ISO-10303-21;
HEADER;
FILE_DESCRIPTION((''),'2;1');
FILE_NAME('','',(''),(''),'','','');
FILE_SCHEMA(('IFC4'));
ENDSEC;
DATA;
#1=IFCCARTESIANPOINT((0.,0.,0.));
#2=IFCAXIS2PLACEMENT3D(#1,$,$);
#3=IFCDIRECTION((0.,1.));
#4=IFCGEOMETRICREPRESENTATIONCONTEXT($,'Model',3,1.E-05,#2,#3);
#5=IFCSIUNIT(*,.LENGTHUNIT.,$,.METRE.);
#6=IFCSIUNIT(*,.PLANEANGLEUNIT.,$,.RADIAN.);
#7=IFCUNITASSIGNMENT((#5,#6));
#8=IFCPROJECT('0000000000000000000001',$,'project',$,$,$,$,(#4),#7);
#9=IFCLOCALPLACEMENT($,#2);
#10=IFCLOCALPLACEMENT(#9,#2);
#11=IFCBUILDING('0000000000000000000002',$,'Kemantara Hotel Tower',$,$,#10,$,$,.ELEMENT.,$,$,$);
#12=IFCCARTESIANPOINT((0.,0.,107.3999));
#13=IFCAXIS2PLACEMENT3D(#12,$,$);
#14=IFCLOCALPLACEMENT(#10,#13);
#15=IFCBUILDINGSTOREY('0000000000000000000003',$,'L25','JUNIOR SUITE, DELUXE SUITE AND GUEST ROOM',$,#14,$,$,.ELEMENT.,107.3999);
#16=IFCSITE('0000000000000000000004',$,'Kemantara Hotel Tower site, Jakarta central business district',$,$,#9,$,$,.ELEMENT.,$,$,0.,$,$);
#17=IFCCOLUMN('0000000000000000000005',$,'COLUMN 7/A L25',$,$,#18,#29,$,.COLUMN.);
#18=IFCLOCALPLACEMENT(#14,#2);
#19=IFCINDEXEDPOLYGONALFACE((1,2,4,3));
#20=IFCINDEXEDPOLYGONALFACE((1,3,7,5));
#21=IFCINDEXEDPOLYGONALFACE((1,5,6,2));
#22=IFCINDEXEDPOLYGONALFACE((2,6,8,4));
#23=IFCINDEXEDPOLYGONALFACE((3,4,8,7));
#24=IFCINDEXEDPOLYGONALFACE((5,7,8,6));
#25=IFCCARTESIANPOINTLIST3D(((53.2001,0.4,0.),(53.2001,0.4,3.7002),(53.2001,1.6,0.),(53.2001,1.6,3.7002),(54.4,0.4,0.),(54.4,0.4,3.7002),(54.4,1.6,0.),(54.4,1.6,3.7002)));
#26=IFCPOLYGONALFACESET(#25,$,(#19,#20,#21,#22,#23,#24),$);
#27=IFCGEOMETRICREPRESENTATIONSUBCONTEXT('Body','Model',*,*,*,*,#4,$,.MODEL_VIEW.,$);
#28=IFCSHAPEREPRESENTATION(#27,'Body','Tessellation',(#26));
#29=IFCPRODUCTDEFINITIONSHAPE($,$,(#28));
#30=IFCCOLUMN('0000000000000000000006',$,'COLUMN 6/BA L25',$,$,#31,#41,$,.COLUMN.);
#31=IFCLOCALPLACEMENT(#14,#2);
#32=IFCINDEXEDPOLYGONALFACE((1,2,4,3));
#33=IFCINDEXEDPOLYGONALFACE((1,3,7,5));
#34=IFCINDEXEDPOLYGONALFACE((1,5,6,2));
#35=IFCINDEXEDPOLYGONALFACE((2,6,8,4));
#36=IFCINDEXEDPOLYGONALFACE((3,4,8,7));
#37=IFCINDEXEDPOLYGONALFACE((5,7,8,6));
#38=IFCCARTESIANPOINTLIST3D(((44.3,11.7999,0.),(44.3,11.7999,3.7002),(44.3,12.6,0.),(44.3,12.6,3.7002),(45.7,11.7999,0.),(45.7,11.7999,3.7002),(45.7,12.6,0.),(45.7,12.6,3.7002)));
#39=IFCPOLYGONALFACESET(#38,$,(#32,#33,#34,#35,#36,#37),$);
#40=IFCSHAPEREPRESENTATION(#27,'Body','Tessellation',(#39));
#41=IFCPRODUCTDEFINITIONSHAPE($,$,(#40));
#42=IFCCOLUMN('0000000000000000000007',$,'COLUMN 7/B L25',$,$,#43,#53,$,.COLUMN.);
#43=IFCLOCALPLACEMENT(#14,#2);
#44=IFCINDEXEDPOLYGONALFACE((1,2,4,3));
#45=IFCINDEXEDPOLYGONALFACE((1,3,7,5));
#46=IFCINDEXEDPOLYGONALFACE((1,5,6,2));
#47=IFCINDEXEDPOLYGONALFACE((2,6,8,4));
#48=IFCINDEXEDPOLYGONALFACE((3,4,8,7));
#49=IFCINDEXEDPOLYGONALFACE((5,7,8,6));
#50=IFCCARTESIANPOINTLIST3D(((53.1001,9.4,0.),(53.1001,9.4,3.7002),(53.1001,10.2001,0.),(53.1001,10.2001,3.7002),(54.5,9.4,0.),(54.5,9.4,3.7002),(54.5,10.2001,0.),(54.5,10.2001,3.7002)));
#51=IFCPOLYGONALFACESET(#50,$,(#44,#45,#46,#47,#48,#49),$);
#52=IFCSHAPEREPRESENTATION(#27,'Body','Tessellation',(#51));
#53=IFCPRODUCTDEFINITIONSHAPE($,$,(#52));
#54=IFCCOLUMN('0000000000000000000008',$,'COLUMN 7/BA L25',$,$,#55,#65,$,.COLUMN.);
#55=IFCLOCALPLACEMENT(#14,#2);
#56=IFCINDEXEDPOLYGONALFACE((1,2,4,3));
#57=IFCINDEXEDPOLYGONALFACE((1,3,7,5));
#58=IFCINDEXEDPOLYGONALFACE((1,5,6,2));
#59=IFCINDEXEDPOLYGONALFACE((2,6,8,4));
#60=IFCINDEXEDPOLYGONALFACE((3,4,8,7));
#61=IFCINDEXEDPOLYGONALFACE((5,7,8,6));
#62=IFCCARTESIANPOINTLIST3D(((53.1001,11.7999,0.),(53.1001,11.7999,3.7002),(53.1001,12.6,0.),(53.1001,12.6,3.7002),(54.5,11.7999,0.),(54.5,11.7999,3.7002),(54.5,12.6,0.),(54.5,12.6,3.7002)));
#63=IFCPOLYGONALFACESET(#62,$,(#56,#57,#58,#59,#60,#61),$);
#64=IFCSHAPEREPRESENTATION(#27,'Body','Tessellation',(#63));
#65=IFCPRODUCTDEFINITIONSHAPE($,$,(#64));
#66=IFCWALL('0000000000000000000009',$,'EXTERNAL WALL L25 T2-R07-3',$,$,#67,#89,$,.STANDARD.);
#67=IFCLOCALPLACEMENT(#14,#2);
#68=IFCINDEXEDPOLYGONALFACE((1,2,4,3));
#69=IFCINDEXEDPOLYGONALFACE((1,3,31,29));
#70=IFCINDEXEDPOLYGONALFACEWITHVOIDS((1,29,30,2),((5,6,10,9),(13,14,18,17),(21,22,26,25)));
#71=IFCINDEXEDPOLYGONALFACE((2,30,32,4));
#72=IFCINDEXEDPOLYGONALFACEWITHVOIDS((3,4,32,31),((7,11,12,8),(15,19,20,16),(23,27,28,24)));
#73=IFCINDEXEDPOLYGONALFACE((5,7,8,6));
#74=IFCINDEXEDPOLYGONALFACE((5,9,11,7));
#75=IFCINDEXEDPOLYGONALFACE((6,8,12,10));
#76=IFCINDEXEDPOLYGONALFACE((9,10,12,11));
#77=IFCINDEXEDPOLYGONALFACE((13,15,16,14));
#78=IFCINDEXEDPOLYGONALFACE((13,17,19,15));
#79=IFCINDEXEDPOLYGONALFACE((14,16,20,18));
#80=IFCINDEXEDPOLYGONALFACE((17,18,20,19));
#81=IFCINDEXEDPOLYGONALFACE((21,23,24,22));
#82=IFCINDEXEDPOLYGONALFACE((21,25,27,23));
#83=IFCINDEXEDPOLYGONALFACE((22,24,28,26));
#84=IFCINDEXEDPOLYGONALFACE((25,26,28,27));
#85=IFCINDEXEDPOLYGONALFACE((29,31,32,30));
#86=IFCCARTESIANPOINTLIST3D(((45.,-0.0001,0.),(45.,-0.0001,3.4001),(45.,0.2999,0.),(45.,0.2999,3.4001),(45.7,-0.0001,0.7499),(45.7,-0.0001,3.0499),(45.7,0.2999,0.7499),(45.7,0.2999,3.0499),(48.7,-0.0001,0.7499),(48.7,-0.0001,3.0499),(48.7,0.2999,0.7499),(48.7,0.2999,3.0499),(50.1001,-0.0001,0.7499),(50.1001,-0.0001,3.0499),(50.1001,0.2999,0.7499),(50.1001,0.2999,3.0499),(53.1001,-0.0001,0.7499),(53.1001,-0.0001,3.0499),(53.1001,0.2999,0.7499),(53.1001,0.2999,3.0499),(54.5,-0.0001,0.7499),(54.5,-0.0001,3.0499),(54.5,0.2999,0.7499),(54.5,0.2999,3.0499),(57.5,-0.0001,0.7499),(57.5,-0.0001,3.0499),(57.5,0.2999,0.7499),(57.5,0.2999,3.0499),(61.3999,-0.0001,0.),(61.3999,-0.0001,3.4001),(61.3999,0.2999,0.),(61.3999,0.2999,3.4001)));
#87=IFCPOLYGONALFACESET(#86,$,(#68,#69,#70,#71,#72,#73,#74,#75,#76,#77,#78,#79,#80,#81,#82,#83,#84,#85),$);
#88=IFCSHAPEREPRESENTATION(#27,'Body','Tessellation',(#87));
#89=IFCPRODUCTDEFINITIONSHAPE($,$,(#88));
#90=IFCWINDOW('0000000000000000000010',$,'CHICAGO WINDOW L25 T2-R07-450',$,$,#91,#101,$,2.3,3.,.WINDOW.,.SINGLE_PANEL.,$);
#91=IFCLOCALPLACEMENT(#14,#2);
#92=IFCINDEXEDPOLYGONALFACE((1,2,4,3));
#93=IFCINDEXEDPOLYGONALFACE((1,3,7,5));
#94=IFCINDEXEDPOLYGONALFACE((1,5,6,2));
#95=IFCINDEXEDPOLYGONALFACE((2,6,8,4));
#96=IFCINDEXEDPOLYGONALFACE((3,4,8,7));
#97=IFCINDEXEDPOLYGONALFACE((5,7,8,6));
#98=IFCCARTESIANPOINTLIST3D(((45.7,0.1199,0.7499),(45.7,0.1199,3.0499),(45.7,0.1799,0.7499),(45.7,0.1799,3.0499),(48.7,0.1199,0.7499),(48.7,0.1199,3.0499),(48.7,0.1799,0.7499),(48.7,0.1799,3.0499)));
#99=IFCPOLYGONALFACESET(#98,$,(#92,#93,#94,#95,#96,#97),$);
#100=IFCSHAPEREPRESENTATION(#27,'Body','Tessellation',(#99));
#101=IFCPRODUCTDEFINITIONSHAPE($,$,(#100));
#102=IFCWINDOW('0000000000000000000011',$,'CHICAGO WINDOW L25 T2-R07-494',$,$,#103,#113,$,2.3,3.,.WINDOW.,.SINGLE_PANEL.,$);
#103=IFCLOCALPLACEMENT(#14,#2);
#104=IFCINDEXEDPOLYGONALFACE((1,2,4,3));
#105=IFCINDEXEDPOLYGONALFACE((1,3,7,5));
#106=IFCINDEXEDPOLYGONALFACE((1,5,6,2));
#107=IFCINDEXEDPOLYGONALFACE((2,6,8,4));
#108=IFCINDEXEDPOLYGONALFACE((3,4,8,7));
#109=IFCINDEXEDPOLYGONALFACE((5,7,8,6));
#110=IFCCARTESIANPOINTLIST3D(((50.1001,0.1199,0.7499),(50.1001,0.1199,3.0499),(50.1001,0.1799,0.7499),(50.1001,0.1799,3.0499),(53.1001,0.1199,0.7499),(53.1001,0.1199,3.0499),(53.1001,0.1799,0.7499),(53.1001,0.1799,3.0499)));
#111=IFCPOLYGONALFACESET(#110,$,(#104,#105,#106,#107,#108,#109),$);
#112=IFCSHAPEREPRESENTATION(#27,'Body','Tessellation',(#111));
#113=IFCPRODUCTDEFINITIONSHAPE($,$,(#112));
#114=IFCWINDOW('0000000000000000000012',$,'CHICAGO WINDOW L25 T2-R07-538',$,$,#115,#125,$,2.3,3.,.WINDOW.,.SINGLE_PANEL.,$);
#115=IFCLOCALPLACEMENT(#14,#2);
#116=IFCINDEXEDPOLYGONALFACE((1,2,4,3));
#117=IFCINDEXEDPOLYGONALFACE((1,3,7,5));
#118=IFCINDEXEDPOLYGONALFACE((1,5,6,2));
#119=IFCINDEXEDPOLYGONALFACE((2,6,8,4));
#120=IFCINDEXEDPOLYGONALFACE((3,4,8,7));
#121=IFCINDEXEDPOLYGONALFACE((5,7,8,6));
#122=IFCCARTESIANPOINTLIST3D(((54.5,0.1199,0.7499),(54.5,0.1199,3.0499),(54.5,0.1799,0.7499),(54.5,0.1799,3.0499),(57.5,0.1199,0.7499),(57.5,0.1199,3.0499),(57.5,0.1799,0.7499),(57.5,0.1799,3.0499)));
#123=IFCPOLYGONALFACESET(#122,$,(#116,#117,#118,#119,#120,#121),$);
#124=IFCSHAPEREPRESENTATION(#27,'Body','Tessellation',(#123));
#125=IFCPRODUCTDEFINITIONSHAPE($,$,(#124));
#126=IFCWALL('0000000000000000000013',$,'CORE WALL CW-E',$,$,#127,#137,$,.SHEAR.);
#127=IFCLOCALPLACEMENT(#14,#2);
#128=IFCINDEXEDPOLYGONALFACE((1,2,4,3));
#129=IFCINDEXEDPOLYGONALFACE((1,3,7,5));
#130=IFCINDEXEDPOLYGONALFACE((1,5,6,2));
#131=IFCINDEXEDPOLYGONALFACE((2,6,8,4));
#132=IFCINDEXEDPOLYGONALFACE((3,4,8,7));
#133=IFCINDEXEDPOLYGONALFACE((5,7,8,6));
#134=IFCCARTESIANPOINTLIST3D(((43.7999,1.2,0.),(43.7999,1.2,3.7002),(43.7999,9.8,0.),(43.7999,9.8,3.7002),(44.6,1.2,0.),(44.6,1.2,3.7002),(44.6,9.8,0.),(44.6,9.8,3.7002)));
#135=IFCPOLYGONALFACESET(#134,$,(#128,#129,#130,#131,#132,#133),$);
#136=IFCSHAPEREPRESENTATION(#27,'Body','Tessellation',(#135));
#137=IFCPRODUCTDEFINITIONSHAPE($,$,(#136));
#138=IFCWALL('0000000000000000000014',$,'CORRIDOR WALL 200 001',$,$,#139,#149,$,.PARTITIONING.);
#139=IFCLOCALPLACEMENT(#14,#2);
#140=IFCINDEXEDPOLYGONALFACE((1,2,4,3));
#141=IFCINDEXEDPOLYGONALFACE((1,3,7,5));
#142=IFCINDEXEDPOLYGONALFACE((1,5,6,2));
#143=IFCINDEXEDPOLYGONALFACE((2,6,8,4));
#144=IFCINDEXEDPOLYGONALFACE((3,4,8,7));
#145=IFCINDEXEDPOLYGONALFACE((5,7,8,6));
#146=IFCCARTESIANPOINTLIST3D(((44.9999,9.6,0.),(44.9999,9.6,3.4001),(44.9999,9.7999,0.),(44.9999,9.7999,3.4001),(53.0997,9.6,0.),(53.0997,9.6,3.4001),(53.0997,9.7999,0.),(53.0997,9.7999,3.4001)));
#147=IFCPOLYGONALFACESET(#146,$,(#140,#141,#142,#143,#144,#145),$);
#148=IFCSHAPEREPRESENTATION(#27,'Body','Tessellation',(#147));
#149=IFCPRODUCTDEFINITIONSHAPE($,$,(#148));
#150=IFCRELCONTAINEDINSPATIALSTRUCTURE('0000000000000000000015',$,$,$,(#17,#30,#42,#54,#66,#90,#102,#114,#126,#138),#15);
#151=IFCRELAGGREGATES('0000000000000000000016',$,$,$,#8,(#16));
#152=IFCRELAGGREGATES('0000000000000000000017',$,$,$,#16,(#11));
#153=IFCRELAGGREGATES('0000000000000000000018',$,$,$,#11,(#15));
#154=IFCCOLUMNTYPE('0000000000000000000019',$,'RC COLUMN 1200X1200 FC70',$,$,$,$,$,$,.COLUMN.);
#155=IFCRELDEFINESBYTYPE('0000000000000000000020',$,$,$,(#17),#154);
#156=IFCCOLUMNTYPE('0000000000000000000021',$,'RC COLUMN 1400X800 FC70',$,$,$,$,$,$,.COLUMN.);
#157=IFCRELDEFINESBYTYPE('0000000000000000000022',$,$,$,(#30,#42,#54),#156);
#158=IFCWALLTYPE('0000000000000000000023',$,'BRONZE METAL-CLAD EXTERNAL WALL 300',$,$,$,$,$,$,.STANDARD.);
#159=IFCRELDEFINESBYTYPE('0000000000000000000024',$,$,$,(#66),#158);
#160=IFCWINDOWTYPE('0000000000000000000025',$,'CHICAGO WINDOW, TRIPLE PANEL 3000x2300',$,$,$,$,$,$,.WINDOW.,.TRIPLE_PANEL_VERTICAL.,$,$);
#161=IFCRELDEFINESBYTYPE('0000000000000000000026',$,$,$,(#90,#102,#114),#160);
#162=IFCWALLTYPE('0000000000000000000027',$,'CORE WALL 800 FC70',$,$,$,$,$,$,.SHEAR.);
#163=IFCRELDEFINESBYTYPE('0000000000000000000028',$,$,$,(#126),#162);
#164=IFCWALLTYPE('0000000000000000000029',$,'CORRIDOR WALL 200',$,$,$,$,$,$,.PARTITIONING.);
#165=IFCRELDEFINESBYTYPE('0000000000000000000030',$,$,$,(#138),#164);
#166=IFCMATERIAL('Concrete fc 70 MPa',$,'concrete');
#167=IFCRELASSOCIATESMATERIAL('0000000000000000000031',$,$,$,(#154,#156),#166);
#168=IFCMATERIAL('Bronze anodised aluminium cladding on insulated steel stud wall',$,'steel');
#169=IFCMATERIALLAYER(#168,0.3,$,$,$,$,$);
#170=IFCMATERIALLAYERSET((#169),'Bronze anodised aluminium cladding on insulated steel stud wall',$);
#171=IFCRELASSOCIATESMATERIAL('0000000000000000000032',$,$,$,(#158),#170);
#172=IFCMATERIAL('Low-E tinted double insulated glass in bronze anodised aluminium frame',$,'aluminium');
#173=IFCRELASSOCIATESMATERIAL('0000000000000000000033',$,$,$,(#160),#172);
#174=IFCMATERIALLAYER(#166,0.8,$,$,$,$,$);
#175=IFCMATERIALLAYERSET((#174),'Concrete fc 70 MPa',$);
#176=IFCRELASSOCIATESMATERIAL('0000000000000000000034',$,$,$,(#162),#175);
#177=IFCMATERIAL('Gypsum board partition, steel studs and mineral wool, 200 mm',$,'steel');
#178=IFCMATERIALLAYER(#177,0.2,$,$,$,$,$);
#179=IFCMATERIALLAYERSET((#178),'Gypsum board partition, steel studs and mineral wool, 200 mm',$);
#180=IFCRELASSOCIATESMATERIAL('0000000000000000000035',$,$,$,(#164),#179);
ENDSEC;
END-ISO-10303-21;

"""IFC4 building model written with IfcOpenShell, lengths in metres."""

from ifc_helpers import new_model, si_unit, direction, frame, frame_2d, origin, origin_2d, place, context, subcontext, project, spatial, rectangle, extrude, material, layer, layer_set, material_profile, profile_set, type_object, element, fill, save


model = new_model("IFC4")

# Units and contexts
model_context = context("Model", 3, precision=1e-05, world=origin(), true_north=direction((0.0, 1.0)))
body_context = subcontext(model_context, "Body", "Model", "MODEL_VIEW")
ifc_project = project(units=[si_unit("LENGTHUNIT", "METRE"), si_unit("PLANEANGLEUNIT", "RADIAN")], contexts=[model_context])

# Site, building, storey
site_placement = place(None, origin())
site = spatial("IfcSite", under=ifc_project, at=site_placement, Name="Kemantara Hotel Tower site, Jakarta central business district", CompositionType="ELEMENT", RefElevation=0.0)
building_placement = place(site_placement, origin())
building = spatial("IfcBuilding", under=site, at=building_placement, Name="Kemantara Hotel Tower", CompositionType="ELEMENT")
storey_placement = place(building_placement, frame((0.0, 0.0, 107.3999)))
storey = spatial("IfcBuildingStorey", under=building, at=storey_placement, Name="L25", Description="JUNIOR SUITE, DELUXE SUITE AND GUEST ROOM", CompositionType="ELEMENT", Elevation=107.3999)

# Columns
ifc_material_1 = material(Name="Concrete fc 70 MPa", Category="concrete")
ifc_material_profile_1 = material_profile(ifc_material_1, rectangle(XDim=1.2, YDim=1.2, at=origin_2d()), Name="RC 1200X1200")
ifc_profile_set_1 = profile_set([ifc_material_profile_1], Name="Concrete fc 70 MPa")
column_type_1 = type_object("IfcColumnType", Name="RC COLUMN 1200X1200 FC70", PredefinedType="COLUMN", material=ifc_profile_set_1)
column_placement = place(storey_placement, frame((53.8, 1.0, 0.0), z_axis=(0.0, 0.0, 1.0), x_axis=(1.0, 0.0, 0.0)))
element("IfcColumn", 1, at=column_placement, inside=storey, type_object=column_type_1, Name="COLUMN 7/A L25", PredefinedType="COLUMN", context=body_context, shape_type="SweptSolid", body=[
    extrude(rectangle(XDim=1.2, YDim=1.2, at=origin_2d()), origin(), (0.0, 0.0, 1.0), 3.7002),
])
ifc_material_profile_2 = material_profile(ifc_material_1, rectangle(XDim=1.3999, YDim=0.8, at=origin_2d()), Name="RC 1400X800")
ifc_profile_set_2 = profile_set([ifc_material_profile_2], Name="Concrete fc 70 MPa")
column_type_2 = type_object("IfcColumnType", Name="RC COLUMN 1400X800 FC70", PredefinedType="COLUMN", material=ifc_profile_set_2)
for number, where, z_axis, x_axis, name in (
    (2, (45.0, 12.2, 0.0), (0.0, 0.0, 1.0), (1.0, 0.0, 0.0), "COLUMN 6/BA L25"),
    (3, (53.8, 9.8, 0.0), (0.0, 0.0, 1.0), (1.0, 0.0, 0.0), "COLUMN 7/B L25"),
    (4, (53.8, 12.2, 0.0), (0.0, 0.0, 1.0), (1.0, 0.0, 0.0), "COLUMN 7/BA L25"),
):
    element("IfcColumn", number, at=place(storey_placement, frame(where, z_axis=z_axis, x_axis=x_axis)), inside=storey, type_object=column_type_2, Name=name, PredefinedType="COLUMN", context=body_context, shape_type="SweptSolid", body=[
        extrude(rectangle(XDim=1.3999, YDim=0.8, at=origin_2d()), origin(), (0.0, 0.0, 1.0), 3.7002),
    ])

# Wall, openings, windows
ifc_material_2 = material(Name="Bronze anodised aluminium cladding on insulated steel stud wall", Category="steel")
ifc_layer_1 = layer(ifc_material_2, 0.3)
ifc_layer_set_1 = layer_set([ifc_layer_1], Name="Bronze anodised aluminium cladding on insulated steel stud wall")
wall_type_1 = type_object("IfcWallType", Name="BRONZE METAL-CLAD EXTERNAL WALL 300", PredefinedType="STANDARD", material=ifc_layer_set_1)
wall_1_placement = place(storey_placement, frame((45.0, 0.1499, 0.0), z_axis=(0.0, 0.0, 1.0), x_axis=(1.0, 0.0, 0.0)))
wall_1 = element("IfcWall", 5, at=wall_1_placement, inside=storey, type_object=wall_type_1, Name="EXTERNAL WALL L25 T2-R07-3", PredefinedType="STANDARD", context=body_context, shape_type="SweptSolid", body=[
    extrude(rectangle(XDim=16.3999, YDim=0.3, at=frame_2d((8.2, 0.0))), origin(), (0.0, 0.0, 1.0), 3.4001),
])
opening_1_placement = place(wall_1_placement, frame((0.7, 0.0, 0.75)))
opening_1 = element("IfcOpeningElement", 6, at=opening_1_placement, cuts=wall_1, PredefinedType="OPENING", context=body_context, shape_type="SweptSolid", body=[
    extrude(rectangle(XDim=3.0, YDim=2.3, at=frame_2d((1.5, 1.1499))), frame((0.0, 0.1599, 0.0), z_axis=(0.0, -1.0, 0.0), x_axis=(1.0, 0.0, 0.0)), (0.0, 0.0, 1.0), 0.3201),
])
opening_2_placement = place(wall_1_placement, frame((5.1001, 0.0, 0.75)))
opening_2 = element("IfcOpeningElement", 7, at=opening_2_placement, cuts=wall_1, PredefinedType="OPENING", context=body_context, shape_type="SweptSolid", body=[
    extrude(rectangle(XDim=3.0, YDim=2.3, at=frame_2d((1.5, 1.1499))), frame((0.0, 0.1599, 0.0), z_axis=(0.0, -1.0, 0.0), x_axis=(1.0, 0.0, 0.0)), (0.0, 0.0, 1.0), 0.3201),
])
opening_3_placement = place(wall_1_placement, frame((9.5, 0.0, 0.75)))
opening_3 = element("IfcOpeningElement", 8, at=opening_3_placement, cuts=wall_1, PredefinedType="OPENING", context=body_context, shape_type="SweptSolid", body=[
    extrude(rectangle(XDim=3.0, YDim=2.3, at=frame_2d((1.5, 1.1499))), frame((0.0, 0.1599, 0.0), z_axis=(0.0, -1.0, 0.0), x_axis=(1.0, 0.0, 0.0)), (0.0, 0.0, 1.0), 0.3201),
])
ifc_material_3 = material(Name="Low-E tinted double insulated glass in bronze anodised aluminium frame", Category="aluminium")
window_type = type_object("IfcWindowType", Name="CHICAGO WINDOW, TRIPLE PANEL 3000x2300", PartitioningType="TRIPLE_PANEL_VERTICAL", PredefinedType="WINDOW", material=ifc_material_3)
window_1_placement = place(opening_1_placement, origin())
window_1 = element("IfcWindow", 9, at=window_1_placement, inside=storey, type_object=window_type, Name="CHICAGO WINDOW L25 T2-R07-450", OverallHeight=2.3, OverallWidth=3.0, PartitioningType="SINGLE_PANEL", PredefinedType="WINDOW", context=body_context, shape_type="SweptSolid", body=[
    extrude(rectangle(XDim=3.0, YDim=2.3, at=frame_2d((1.5, 1.1499))), frame((0.0, 0.03, 0.0), z_axis=(0.0, -1.0, 0.0), x_axis=(1.0, 0.0, 0.0)), (0.0, 0.0, 1.0), 0.0601),
])
fill(opening_1, window_1)
window_2_placement = place(opening_2_placement, origin())
window_2 = element("IfcWindow", 10, at=window_2_placement, inside=storey, type_object=window_type, Name="CHICAGO WINDOW L25 T2-R07-494", OverallHeight=2.3, OverallWidth=3.0, PartitioningType="SINGLE_PANEL", PredefinedType="WINDOW", context=body_context, shape_type="SweptSolid", body=[
    extrude(rectangle(XDim=3.0, YDim=2.3, at=frame_2d((1.5, 1.1499))), frame((0.0, 0.03, 0.0), z_axis=(0.0, -1.0, 0.0), x_axis=(1.0, 0.0, 0.0)), (0.0, 0.0, 1.0), 0.0601),
])
fill(opening_2, window_2)
window_3_placement = place(opening_3_placement, origin())
window_3 = element("IfcWindow", 11, at=window_3_placement, inside=storey, type_object=window_type, Name="CHICAGO WINDOW L25 T2-R07-538", OverallHeight=2.3, OverallWidth=3.0, PartitioningType="SINGLE_PANEL", PredefinedType="WINDOW", context=body_context, shape_type="SweptSolid", body=[
    extrude(rectangle(XDim=3.0, YDim=2.3, at=frame_2d((1.5, 1.1499))), frame((0.0, 0.03, 0.0), z_axis=(0.0, -1.0, 0.0), x_axis=(1.0, 0.0, 0.0)), (0.0, 0.0, 1.0), 0.0601),
])
fill(opening_3, window_3)

# Walls
ifc_layer_2 = layer(ifc_material_1, 0.8)
ifc_layer_set_2 = layer_set([ifc_layer_2], Name="Concrete fc 70 MPa")
wall_type_2 = type_object("IfcWallType", Name="CORE WALL 800 FC70", PredefinedType="SHEAR", material=ifc_layer_set_2)
wall_2_placement = place(storey_placement, frame((44.2, 1.2, 0.0), z_axis=(0.0, 0.0, 1.0), x_axis=(0.0, 1.0, 0.0)))
element("IfcWall", 12, at=wall_2_placement, inside=storey, type_object=wall_type_2, Name="CORE WALL CW-E", PredefinedType="SHEAR", context=body_context, shape_type="SweptSolid", body=[
    extrude(rectangle(XDim=8.6001, YDim=0.8, at=frame_2d((4.3, 0.0))), origin(), (0.0, 0.0, 1.0), 3.7002),
])
ifc_material_4 = material(Name="Gypsum board partition, steel studs and mineral wool, 200 mm", Category="steel")
ifc_layer_3 = layer(ifc_material_4, 0.2)
ifc_layer_set_3 = layer_set([ifc_layer_3], Name="Gypsum board partition, steel studs and mineral wool, 200 mm")
wall_type_3 = type_object("IfcWallType", Name="CORRIDOR WALL 200", PredefinedType="PARTITIONING", material=ifc_layer_set_3)
wall_3_placement = place(storey_placement, frame((45.0, 9.7, 0.0), z_axis=(0.0, 0.0, 1.0), x_axis=(1.0, 0.0, 0.0)))
element("IfcWall", 13, at=wall_3_placement, inside=storey, type_object=wall_type_3, Name="CORRIDOR WALL 200 001", PredefinedType="PARTITIONING", context=body_context, shape_type="SweptSolid", body=[
    extrude(rectangle(XDim=8.0999, YDim=0.2, at=frame_2d((4.0498, 0.0))), origin(), (0.0, 0.0, 1.0), 3.4001),
])

save(model, "model.ifc")
